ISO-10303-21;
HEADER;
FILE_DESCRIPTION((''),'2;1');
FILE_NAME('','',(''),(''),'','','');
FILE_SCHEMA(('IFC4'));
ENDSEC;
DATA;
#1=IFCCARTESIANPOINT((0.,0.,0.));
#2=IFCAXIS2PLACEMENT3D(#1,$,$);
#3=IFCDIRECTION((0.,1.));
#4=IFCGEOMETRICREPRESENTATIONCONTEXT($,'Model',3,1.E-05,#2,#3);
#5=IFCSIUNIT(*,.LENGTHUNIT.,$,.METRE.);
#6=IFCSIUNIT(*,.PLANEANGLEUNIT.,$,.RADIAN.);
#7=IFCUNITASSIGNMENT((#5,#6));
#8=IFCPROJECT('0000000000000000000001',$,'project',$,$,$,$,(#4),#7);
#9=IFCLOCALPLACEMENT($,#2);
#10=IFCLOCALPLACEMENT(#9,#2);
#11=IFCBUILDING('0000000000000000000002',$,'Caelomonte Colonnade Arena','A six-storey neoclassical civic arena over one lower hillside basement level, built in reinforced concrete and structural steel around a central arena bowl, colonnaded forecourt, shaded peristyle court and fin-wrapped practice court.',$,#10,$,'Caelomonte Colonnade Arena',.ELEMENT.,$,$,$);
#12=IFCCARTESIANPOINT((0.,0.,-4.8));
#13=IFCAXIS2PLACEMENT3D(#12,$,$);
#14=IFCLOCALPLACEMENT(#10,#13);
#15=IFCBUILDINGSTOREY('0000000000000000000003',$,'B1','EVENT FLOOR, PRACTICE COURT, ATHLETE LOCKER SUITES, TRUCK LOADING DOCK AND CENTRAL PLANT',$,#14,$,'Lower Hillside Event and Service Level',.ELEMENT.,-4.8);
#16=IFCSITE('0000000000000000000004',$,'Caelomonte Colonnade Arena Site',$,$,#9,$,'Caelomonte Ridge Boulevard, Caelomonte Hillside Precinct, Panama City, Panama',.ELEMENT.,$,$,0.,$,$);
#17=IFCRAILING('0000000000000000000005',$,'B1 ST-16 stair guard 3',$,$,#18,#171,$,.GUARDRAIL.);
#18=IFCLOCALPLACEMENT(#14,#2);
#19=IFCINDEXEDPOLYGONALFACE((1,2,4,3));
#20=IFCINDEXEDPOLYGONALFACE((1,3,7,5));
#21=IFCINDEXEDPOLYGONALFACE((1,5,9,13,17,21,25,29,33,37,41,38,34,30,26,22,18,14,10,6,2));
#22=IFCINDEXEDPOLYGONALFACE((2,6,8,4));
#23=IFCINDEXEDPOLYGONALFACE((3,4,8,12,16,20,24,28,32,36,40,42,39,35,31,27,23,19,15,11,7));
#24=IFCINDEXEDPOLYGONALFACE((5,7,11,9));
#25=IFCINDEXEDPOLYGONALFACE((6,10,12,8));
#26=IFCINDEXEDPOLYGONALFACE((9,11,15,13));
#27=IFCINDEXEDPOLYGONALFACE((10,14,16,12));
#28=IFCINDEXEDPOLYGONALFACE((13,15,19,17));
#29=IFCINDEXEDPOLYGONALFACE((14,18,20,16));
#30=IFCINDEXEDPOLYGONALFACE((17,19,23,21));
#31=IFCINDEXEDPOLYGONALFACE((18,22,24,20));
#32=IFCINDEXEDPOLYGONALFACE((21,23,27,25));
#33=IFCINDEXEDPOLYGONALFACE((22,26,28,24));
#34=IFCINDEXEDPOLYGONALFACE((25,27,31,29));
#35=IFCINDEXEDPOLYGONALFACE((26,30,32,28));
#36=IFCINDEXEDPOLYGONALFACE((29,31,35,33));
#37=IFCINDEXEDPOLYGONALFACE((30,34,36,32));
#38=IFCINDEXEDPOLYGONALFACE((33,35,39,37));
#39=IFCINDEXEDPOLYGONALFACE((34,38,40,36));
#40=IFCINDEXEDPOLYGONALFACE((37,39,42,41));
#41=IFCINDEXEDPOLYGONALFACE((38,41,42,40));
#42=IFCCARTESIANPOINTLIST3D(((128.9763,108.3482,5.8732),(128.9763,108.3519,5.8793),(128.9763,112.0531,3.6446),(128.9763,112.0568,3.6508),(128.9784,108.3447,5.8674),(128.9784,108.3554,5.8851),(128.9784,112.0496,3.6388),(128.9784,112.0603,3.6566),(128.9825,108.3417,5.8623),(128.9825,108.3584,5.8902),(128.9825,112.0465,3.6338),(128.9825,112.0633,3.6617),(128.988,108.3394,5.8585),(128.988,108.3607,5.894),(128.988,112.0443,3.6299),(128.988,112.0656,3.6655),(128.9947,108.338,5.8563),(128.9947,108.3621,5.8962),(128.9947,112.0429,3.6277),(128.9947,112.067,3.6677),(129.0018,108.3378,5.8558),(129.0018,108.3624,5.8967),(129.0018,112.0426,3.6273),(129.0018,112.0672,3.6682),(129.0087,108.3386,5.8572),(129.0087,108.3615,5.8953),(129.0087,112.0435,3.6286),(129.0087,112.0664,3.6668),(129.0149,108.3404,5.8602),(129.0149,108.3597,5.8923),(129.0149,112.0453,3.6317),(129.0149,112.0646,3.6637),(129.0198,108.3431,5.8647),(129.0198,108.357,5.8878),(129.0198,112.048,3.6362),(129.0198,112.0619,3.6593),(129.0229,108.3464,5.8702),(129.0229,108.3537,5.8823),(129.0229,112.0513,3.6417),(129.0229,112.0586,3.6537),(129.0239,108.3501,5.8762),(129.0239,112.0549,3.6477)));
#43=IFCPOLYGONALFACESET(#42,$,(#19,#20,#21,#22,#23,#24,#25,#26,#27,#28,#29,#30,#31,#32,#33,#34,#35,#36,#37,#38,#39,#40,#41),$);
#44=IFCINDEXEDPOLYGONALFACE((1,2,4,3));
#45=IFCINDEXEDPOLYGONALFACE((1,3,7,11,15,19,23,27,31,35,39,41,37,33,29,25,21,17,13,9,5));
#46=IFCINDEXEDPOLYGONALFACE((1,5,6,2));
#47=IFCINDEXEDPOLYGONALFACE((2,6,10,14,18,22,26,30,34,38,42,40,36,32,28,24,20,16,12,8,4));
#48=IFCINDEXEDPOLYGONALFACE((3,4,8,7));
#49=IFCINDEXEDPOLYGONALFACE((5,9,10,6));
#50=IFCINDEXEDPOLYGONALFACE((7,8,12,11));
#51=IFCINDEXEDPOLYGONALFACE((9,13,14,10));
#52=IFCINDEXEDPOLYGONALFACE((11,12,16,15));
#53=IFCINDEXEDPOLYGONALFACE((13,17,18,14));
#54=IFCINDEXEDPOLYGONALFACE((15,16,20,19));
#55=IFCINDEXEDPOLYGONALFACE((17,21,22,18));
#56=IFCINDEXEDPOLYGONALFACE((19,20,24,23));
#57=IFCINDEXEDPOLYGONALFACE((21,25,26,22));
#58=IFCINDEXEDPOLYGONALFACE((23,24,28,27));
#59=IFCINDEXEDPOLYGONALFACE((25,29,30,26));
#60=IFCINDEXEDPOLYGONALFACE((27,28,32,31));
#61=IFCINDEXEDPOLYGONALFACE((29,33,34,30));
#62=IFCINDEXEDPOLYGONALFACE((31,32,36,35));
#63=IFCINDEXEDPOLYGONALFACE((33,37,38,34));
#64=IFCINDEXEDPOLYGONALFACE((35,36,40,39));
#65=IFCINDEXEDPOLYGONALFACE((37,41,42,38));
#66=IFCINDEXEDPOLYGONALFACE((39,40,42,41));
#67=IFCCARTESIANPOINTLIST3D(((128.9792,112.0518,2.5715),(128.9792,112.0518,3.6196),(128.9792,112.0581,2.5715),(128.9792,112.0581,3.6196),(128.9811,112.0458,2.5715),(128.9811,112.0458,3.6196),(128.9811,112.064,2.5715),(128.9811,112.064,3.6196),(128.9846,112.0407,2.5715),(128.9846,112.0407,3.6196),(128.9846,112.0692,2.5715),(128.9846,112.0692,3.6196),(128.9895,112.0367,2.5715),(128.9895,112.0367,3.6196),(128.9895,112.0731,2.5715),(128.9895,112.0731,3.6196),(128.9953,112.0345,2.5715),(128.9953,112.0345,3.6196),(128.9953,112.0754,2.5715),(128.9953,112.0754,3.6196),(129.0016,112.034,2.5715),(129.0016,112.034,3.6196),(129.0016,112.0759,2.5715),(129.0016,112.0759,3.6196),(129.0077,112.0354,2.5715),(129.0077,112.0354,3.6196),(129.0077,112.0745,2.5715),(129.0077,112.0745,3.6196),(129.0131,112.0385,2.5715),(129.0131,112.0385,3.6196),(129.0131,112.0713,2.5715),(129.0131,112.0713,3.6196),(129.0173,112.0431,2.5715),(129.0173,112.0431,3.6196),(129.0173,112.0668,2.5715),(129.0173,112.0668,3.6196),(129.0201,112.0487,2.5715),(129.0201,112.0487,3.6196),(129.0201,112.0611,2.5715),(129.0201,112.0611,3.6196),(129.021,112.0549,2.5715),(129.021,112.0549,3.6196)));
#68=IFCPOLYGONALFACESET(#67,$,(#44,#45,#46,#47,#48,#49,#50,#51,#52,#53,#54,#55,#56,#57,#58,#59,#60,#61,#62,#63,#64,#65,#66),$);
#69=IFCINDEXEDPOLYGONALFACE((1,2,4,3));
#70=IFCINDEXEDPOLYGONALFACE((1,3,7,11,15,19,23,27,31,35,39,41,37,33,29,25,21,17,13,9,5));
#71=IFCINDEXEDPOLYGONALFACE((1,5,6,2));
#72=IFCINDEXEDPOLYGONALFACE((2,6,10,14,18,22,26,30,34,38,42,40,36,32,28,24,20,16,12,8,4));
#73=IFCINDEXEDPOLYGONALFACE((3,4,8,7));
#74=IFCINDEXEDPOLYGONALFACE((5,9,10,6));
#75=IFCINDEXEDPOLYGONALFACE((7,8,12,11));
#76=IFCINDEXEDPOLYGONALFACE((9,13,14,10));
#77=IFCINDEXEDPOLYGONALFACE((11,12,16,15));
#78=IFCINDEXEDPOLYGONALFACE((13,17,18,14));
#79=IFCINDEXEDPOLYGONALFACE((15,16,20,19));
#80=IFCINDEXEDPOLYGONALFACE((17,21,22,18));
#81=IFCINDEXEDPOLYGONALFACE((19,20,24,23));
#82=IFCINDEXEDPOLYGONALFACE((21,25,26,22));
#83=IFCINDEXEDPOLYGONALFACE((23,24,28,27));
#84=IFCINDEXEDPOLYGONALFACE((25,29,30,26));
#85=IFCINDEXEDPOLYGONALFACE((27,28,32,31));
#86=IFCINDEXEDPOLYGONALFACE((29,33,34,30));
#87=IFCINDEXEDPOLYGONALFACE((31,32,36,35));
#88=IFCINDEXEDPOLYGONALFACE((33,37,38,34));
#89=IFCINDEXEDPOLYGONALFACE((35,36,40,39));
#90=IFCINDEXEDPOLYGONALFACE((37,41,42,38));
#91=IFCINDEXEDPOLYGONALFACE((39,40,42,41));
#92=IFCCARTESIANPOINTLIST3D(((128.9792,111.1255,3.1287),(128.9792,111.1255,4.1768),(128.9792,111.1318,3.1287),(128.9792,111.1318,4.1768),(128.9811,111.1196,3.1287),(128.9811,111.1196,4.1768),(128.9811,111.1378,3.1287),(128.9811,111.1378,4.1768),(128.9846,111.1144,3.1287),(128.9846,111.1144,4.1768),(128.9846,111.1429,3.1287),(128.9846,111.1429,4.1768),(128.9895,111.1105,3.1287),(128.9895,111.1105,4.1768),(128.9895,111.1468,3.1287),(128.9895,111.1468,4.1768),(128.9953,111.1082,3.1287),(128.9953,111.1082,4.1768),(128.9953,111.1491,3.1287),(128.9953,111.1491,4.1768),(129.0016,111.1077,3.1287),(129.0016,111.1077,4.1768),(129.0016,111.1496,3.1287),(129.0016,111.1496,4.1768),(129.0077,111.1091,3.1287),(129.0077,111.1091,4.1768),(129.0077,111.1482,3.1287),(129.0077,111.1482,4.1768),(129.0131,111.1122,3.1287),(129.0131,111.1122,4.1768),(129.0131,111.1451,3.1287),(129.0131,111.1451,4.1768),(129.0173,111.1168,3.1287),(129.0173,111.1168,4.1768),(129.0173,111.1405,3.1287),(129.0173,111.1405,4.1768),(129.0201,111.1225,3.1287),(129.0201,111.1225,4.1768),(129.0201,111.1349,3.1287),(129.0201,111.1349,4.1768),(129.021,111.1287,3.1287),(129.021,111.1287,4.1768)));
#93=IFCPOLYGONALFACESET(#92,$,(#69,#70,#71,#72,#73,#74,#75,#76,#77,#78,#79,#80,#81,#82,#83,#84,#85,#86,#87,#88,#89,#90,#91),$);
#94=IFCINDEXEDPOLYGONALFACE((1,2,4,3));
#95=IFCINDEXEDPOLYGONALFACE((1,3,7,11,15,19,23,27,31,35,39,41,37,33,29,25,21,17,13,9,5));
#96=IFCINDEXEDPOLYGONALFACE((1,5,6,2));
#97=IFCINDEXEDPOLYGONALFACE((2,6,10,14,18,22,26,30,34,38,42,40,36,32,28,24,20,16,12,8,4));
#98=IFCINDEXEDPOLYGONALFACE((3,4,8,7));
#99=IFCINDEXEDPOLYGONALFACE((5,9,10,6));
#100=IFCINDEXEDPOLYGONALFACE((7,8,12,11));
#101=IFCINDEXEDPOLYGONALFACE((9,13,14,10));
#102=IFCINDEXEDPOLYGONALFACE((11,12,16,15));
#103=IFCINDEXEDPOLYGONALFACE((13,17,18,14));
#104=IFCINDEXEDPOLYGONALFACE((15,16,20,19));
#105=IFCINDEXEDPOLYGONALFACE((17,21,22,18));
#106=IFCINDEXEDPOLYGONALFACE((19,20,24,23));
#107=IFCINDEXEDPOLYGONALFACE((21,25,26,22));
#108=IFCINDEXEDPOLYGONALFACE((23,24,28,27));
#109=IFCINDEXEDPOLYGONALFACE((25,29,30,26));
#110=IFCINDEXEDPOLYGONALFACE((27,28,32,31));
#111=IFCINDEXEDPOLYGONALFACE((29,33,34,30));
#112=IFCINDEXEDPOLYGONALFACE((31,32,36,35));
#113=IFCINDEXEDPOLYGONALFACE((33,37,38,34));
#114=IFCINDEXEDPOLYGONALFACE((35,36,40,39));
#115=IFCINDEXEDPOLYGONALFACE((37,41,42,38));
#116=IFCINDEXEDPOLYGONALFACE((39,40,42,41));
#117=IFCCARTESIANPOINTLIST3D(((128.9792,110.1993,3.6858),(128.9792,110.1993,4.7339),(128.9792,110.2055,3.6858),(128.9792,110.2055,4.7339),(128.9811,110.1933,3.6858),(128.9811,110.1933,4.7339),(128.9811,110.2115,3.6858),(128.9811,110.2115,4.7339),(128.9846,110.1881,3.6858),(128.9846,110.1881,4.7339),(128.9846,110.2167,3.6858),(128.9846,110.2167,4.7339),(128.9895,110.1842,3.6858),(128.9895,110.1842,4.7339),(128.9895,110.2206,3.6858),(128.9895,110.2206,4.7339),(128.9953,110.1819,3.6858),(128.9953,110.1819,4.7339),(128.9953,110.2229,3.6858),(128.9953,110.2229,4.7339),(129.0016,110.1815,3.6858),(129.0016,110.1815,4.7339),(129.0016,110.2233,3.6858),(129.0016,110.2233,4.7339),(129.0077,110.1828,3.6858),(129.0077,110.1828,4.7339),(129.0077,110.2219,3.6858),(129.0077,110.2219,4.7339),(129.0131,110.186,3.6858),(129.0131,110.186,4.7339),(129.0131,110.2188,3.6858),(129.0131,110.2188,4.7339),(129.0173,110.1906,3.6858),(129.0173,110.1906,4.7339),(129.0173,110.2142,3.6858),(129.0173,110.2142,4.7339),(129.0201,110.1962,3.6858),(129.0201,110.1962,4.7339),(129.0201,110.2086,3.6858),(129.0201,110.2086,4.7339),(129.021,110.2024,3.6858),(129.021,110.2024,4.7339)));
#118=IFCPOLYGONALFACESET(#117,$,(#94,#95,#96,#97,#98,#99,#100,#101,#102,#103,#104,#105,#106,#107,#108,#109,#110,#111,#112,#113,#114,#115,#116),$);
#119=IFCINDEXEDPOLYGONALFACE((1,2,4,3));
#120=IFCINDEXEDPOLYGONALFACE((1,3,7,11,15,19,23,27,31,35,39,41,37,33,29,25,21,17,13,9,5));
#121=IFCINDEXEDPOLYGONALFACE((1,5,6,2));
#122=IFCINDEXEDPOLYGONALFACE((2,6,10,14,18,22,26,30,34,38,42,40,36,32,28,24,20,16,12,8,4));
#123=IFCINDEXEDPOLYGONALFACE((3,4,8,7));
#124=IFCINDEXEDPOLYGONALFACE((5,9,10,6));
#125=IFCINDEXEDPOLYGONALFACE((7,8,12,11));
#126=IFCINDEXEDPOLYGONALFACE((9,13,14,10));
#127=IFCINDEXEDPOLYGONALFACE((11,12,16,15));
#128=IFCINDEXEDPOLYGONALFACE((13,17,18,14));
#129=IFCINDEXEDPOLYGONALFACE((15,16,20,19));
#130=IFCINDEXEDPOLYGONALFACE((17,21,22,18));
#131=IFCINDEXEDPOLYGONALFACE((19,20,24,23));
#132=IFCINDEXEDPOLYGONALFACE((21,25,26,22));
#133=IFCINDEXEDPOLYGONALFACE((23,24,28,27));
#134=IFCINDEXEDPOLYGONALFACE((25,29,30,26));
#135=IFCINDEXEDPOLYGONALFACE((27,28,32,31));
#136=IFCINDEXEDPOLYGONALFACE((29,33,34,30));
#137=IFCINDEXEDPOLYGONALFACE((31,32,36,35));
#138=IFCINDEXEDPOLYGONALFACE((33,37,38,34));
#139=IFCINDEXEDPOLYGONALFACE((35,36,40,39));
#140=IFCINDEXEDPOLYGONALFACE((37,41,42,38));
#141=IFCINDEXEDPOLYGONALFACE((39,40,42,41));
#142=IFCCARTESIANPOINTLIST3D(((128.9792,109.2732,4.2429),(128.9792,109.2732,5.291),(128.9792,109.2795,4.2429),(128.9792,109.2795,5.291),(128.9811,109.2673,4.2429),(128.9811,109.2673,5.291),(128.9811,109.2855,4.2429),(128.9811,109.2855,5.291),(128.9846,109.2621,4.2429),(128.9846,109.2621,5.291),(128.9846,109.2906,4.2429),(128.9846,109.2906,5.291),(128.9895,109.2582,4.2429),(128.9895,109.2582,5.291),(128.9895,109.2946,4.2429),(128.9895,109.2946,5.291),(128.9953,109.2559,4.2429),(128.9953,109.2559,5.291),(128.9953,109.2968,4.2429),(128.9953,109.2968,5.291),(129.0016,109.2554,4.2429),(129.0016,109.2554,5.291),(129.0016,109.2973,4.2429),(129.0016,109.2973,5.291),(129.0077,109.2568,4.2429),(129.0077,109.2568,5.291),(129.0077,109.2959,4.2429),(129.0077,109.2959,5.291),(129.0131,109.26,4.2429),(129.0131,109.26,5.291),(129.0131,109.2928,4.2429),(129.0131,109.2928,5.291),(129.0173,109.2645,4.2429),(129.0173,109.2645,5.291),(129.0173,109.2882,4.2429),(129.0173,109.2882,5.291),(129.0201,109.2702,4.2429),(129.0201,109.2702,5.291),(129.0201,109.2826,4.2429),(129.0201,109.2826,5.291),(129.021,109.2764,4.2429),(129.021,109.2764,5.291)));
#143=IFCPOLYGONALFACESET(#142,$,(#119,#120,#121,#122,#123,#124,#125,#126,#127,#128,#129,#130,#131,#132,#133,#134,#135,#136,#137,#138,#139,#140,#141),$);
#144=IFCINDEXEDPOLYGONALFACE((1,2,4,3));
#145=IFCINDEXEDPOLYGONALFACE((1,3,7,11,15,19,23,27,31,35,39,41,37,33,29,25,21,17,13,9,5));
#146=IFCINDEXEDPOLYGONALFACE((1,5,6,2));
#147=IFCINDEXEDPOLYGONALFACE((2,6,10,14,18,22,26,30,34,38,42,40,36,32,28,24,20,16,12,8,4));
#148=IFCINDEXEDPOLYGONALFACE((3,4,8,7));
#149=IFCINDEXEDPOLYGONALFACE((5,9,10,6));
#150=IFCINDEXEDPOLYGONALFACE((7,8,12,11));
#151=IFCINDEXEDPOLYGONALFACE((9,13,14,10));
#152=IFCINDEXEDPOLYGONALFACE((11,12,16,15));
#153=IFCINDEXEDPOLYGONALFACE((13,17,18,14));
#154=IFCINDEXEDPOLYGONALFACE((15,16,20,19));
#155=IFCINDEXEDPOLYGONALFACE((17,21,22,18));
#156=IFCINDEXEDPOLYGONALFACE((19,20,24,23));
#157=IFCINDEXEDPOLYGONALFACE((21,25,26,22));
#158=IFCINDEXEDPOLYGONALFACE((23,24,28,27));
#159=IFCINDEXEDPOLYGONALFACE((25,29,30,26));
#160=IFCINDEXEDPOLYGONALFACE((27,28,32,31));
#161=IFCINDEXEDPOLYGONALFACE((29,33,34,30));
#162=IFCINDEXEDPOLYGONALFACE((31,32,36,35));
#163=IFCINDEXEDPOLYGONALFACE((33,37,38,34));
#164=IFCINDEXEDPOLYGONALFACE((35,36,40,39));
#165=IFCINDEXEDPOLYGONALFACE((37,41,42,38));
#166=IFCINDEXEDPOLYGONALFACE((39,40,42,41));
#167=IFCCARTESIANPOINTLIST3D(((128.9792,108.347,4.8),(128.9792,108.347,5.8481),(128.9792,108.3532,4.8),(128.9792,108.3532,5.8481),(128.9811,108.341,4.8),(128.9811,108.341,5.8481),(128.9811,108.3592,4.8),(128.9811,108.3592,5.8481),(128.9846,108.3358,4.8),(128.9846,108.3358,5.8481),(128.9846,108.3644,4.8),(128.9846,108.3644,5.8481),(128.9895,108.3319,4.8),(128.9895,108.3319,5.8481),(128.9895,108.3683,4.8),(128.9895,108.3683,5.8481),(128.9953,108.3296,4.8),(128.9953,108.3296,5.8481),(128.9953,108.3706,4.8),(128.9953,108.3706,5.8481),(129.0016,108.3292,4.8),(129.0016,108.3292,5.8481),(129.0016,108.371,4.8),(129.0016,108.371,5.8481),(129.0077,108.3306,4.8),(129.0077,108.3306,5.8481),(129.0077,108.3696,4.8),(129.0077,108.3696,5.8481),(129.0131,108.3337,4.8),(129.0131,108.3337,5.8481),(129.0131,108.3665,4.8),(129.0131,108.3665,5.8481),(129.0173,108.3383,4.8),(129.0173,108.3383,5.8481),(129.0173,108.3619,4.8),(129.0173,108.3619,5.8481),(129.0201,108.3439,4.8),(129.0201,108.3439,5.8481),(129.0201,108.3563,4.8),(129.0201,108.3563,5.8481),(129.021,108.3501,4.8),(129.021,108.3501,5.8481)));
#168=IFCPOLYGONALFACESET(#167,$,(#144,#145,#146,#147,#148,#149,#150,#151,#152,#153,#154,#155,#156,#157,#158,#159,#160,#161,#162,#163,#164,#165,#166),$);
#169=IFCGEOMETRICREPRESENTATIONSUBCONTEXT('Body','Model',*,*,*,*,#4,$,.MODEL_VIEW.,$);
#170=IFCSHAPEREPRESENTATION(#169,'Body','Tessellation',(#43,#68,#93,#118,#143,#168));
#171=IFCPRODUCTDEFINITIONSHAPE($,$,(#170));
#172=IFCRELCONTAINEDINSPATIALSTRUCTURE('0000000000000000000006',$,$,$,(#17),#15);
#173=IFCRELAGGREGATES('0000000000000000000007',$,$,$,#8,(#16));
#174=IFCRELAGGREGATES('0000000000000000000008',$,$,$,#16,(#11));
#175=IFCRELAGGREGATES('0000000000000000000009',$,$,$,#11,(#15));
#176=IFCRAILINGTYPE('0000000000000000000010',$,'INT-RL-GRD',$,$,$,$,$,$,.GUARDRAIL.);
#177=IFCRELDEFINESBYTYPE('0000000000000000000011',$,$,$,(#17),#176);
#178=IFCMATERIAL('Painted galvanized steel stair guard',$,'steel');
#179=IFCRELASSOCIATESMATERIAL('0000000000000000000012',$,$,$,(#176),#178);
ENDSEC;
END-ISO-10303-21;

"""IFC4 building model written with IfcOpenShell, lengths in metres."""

from ifc_helpers import new_model, si_unit, direction, frame, origin, origin_2d, place, context, subcontext, project, spatial, circle, extrude, material, type_object, element, save


model = new_model("IFC4")

# Units and contexts
model_context = context("Model", 3, precision=1e-05, world=origin(), true_north=direction((0.0, 1.0)))
body_context = subcontext(model_context, "Body", "Model", "MODEL_VIEW")
ifc_project = project(units=[si_unit("LENGTHUNIT", "METRE"), si_unit("PLANEANGLEUNIT", "RADIAN")], contexts=[model_context])

# Site, building, storey
site_placement = place(None, origin())
site = spatial("IfcSite", under=ifc_project, at=site_placement, Name="Caelomonte Colonnade Arena Site", LongName="Caelomonte Ridge Boulevard, Caelomonte Hillside Precinct, Panama City, Panama", CompositionType="ELEMENT", RefElevation=0.0)
building_placement = place(site_placement, origin())
building = spatial("IfcBuilding", under=site, at=building_placement, Name="Caelomonte Colonnade Arena", Description="A six-storey neoclassical civic arena over one lower hillside basement level, built in reinforced concrete and structural steel around a central arena bowl, colonnaded forecourt, shaded peristyle court and fin-wrapped practice court.", LongName="Caelomonte Colonnade Arena", CompositionType="ELEMENT")
storey_placement = place(building_placement, frame((0.0, 0.0, -4.8)))
storey = spatial("IfcBuildingStorey", under=building, at=storey_placement, Name="B1", Description="EVENT FLOOR, PRACTICE COURT, ATHLETE LOCKER SUITES, TRUCK LOADING DOCK AND CENTRAL PLANT", LongName="Lower Hillside Event and Service Level", CompositionType="ELEMENT", Elevation=-4.8)

# Railing
ifc_material_1 = material(Name="Painted galvanized steel stair guard", Category="steel")
railing_type_1 = type_object("IfcRailingType", Name="INT-RL-GRD", PredefinedType="GUARDRAIL", material=ifc_material_1)
railing_1_placement = place(storey_placement, frame((129.0, 112.0549, 2.5715)))
element("IfcRailing", 1, at=railing_1_placement, inside=storey, type_object=railing_type_1, Name="B1 ST-16 stair guard 3", PredefinedType="GUARDRAIL", context=body_context, shape_type="SweptSolid", body=[
    extrude(circle(Radius=0.0239, at=origin_2d()), frame((0.0, 0.0, 1.0762), z_axis=(0.0, -0.856919, 0.51545), x_axis=(1.0, 0.0, 0.0)), (0.0, 0.0, 1.0), 4.3235),
    extrude(circle(Radius=0.021, at=origin_2d()), origin(), (0.0, 0.0, 1.0), 1.0481),
    extrude(circle(Radius=0.021, at=origin_2d()), frame((0.0, -0.9263, 0.5571)), (0.0, 0.0, 1.0), 1.0481),
    extrude(circle(Radius=0.021, at=origin_2d()), frame((0.0, -1.8525, 1.1143)), (0.0, 0.0, 1.0), 1.0481),
    extrude(circle(Radius=0.021, at=origin_2d()), frame((0.0, -2.7786, 1.6714)), (0.0, 0.0, 1.0), 1.0481),
    extrude(circle(Radius=0.021, at=origin_2d()), frame((0.0, -3.7048, 2.2285)), (0.0, 0.0, 1.0), 1.0481),
])

save(model, "model.ifc")
